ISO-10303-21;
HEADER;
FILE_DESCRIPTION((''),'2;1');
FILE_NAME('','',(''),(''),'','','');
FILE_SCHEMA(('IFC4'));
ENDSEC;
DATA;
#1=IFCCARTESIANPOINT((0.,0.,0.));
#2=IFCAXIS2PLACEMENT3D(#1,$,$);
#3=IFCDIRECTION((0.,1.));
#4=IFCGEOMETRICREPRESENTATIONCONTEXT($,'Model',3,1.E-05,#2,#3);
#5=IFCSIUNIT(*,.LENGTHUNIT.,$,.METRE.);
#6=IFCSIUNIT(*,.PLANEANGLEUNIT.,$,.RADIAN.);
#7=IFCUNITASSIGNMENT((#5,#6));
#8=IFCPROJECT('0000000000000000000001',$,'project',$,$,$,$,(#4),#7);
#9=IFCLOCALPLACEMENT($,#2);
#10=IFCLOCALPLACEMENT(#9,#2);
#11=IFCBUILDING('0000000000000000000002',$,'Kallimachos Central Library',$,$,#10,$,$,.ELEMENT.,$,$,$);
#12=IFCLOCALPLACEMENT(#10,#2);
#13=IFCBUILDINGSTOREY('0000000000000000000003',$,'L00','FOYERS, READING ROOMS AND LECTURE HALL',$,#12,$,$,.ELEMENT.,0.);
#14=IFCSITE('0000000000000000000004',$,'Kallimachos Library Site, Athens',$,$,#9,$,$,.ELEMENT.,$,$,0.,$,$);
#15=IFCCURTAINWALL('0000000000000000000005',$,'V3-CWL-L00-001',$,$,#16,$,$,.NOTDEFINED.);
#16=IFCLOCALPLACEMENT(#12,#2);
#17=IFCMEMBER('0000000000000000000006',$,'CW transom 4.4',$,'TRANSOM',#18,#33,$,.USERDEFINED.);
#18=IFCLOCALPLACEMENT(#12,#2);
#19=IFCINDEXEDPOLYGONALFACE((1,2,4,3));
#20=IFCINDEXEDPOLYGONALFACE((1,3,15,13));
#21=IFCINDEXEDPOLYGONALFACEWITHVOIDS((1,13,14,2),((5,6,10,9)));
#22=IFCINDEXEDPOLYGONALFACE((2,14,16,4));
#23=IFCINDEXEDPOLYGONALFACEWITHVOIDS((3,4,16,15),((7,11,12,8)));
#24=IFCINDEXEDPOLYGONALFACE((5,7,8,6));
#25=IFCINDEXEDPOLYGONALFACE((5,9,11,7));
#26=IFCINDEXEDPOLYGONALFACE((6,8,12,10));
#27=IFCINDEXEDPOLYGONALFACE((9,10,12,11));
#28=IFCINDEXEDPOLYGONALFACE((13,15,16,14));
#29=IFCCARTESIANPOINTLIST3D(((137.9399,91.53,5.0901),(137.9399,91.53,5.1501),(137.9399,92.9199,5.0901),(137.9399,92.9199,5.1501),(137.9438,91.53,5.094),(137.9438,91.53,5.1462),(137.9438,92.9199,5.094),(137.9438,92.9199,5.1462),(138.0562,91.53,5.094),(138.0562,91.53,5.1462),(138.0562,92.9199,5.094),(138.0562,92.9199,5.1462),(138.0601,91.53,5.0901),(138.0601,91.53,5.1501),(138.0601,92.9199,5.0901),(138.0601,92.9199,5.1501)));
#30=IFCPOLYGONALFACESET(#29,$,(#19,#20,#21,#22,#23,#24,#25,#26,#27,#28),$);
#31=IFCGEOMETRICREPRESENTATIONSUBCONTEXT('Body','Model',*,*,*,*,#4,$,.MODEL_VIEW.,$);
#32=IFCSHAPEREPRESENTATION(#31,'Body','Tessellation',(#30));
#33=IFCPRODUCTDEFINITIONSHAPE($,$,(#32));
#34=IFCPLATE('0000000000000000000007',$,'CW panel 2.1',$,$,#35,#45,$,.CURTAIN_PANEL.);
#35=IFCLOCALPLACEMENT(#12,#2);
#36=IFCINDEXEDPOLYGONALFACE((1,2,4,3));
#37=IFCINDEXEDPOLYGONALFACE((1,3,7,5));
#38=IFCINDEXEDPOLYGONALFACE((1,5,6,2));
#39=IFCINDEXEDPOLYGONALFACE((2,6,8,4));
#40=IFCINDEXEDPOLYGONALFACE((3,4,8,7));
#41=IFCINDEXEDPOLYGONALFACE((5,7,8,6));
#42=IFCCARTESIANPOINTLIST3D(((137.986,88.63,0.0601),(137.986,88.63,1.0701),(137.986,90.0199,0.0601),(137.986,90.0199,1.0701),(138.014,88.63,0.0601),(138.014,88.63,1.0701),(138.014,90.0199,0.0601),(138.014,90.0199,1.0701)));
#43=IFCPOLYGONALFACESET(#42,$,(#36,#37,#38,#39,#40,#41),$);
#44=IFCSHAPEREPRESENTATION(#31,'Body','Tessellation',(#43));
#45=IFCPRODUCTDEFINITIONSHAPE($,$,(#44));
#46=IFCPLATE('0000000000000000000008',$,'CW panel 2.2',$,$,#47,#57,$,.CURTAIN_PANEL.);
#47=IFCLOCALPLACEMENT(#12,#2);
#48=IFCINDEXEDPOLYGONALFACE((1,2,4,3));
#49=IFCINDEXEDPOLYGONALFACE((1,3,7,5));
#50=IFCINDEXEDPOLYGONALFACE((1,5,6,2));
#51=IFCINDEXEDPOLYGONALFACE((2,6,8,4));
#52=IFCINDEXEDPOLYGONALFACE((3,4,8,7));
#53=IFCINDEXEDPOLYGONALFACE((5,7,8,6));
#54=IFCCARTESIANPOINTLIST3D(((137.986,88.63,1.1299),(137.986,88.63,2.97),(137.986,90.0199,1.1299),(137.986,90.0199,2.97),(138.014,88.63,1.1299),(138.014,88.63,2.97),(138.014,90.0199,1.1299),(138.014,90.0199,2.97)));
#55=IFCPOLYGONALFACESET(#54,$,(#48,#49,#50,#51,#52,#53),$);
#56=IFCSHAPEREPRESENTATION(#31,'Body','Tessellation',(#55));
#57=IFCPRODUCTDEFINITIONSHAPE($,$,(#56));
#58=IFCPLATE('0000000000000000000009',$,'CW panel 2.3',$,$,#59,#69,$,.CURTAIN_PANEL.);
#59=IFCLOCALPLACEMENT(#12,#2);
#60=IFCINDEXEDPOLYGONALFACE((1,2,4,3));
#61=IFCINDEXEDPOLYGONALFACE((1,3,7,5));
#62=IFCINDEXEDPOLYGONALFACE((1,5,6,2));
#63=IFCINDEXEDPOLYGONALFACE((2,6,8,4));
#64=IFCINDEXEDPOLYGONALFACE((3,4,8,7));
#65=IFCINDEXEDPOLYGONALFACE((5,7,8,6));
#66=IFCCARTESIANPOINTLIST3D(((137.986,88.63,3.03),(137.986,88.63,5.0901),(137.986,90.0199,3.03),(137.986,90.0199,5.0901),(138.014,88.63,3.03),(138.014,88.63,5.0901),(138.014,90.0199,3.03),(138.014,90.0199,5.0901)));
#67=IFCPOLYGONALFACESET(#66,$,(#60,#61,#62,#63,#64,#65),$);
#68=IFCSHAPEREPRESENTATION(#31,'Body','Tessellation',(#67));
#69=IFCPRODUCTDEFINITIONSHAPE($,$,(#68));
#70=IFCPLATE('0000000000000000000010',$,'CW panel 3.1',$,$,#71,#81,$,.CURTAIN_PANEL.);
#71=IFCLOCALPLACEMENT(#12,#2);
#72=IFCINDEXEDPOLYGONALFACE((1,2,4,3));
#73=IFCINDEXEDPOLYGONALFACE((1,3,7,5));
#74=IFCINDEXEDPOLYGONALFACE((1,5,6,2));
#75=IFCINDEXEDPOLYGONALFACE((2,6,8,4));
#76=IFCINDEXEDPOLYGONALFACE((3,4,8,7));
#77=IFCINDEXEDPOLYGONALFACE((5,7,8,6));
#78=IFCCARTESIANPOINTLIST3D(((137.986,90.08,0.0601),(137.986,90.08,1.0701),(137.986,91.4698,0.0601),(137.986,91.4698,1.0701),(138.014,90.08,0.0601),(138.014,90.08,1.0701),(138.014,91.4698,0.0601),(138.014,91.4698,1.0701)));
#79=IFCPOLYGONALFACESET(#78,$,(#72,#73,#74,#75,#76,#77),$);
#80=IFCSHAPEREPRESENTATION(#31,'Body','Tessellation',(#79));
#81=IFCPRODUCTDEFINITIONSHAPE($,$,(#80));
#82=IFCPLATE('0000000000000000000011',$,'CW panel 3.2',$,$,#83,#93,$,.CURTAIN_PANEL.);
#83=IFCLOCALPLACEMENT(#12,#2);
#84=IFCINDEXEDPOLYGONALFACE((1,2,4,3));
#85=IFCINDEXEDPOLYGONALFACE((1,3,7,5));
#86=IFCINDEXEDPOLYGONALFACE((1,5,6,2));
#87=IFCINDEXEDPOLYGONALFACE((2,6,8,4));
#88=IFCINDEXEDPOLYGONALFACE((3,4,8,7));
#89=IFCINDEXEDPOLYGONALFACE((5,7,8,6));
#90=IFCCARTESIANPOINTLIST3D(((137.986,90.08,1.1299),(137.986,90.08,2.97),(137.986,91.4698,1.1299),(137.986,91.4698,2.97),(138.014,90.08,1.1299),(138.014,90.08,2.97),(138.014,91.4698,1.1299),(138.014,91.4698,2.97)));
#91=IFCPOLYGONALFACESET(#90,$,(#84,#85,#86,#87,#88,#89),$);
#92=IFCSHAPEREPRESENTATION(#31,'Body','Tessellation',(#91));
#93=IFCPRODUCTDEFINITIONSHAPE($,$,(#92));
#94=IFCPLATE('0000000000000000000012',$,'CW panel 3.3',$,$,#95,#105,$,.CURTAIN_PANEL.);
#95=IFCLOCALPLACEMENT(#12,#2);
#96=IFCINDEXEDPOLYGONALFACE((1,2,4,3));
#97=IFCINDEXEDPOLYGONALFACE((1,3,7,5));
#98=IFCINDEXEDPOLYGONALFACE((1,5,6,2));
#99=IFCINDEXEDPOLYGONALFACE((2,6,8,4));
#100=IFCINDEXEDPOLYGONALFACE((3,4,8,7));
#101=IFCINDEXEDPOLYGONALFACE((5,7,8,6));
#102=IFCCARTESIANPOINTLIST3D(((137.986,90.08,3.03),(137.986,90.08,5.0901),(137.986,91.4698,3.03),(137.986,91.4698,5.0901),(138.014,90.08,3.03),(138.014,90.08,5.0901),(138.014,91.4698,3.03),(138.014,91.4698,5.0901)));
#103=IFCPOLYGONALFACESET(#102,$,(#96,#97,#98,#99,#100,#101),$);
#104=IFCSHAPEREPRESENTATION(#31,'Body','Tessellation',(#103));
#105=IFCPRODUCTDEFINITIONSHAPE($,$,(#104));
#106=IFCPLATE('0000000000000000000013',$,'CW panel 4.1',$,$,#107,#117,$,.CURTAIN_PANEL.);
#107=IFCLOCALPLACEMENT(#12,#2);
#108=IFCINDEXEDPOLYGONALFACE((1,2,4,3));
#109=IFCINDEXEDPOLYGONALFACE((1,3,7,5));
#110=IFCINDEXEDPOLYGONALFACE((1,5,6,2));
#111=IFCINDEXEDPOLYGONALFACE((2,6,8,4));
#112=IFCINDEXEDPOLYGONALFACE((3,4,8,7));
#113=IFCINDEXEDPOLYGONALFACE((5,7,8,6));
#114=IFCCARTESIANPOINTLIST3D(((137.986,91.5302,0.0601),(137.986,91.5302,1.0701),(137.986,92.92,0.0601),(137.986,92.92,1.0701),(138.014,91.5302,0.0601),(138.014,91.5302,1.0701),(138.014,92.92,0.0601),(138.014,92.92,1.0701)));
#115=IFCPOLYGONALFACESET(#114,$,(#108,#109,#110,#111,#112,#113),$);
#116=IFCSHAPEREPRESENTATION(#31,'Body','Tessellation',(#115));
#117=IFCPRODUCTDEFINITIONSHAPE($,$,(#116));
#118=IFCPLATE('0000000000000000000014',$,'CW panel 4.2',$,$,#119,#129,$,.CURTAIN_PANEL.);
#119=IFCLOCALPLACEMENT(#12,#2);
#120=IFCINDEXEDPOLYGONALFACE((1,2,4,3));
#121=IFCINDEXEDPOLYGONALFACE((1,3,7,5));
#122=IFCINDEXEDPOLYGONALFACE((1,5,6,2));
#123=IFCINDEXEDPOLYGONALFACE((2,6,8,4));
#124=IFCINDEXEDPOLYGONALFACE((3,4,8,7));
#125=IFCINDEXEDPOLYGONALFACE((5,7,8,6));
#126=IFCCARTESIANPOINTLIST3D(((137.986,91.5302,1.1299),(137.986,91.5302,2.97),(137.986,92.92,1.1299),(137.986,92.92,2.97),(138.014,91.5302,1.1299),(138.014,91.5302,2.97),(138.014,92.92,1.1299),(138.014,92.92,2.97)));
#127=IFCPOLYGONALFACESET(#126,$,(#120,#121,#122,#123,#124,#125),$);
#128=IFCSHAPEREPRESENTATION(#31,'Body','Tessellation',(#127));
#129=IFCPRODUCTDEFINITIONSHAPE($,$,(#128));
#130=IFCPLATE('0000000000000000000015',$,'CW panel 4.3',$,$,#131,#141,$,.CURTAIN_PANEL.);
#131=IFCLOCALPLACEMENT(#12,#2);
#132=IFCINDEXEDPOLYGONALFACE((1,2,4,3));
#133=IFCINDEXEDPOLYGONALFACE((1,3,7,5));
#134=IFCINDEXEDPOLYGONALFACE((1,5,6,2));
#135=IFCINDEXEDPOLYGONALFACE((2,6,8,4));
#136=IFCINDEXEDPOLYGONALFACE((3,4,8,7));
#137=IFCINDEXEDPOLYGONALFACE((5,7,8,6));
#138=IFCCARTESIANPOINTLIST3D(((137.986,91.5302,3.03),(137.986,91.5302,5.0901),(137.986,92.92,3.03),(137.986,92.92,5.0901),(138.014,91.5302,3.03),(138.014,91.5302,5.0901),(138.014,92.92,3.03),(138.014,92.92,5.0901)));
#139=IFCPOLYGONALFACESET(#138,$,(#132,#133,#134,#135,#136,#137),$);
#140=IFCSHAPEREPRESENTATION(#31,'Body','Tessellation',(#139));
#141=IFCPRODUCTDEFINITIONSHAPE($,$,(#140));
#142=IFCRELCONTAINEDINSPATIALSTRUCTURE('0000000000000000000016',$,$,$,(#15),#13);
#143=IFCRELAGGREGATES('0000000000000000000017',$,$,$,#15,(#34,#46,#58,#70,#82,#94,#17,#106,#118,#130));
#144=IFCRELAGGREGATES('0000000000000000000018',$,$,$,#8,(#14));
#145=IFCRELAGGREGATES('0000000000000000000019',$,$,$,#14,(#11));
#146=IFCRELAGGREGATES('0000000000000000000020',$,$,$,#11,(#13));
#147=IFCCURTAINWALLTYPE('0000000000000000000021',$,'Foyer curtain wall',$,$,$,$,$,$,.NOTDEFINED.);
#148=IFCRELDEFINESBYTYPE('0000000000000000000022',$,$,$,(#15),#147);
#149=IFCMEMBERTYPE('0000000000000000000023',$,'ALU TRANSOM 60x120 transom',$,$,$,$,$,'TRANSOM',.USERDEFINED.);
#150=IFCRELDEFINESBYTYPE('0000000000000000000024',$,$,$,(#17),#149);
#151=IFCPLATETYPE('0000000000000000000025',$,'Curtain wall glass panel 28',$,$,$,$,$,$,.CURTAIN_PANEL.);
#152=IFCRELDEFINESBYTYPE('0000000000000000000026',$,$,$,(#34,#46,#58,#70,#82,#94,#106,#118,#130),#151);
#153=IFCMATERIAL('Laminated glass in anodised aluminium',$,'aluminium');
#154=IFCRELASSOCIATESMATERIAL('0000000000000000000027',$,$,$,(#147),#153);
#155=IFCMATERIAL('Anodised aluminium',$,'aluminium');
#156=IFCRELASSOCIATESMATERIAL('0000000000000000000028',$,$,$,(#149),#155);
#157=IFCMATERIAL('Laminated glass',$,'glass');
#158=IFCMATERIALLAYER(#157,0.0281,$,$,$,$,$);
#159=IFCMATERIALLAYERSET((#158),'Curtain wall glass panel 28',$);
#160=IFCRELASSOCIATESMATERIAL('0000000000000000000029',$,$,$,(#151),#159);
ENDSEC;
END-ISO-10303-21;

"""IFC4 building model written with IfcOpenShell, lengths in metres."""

from ifc_helpers import new_model, si_unit, direction, frame, origin, origin_2d, place, context, subcontext, project, spatial, rectangle, hollow_rectangle, extrude, material, layer, layer_set, material_profile, profile_set, type_object, element, aggregate, save


model = new_model("IFC4")

# Units and contexts
model_context = context("Model", 3, precision=1e-05, world=origin(), true_north=direction((0.0, 1.0)))
body_context = subcontext(model_context, "Body", "Model", "MODEL_VIEW")
ifc_project = project(units=[si_unit("LENGTHUNIT", "METRE"), si_unit("PLANEANGLEUNIT", "RADIAN")], contexts=[model_context])

# Site, building, storey
site_placement = place(None, origin())
site = spatial("IfcSite", under=ifc_project, at=site_placement, Name="Kallimachos Library Site, Athens", CompositionType="ELEMENT", RefElevation=0.0)
building_placement = place(site_placement, origin())
building = spatial("IfcBuilding", under=site, at=building_placement, Name="Kallimachos Central Library", CompositionType="ELEMENT")
storey_placement = place(building_placement, origin())
storey = spatial("IfcBuildingStorey", under=building, at=storey_placement, Name="L00", Description="FOYERS, READING ROOMS AND LECTURE HALL", CompositionType="ELEMENT", Elevation=0.0)

# Curtain wall, member, plates
ifc_material_1 = material(Name="Laminated glass in anodised aluminium", Category="aluminium")
curtain_wall_type = type_object("IfcCurtainWallType", Name="Foyer curtain wall", PredefinedType="NOTDEFINED", material=ifc_material_1)
curtain_wall_placement = place(storey_placement, origin())
curtain_wall = element("IfcCurtainWall", 1, at=curtain_wall_placement, inside=storey, type_object=curtain_wall_type, Name="V3-CWL-L00-001", PredefinedType="NOTDEFINED")
ifc_material_2 = material(Name="Anodised aluminium", Category="aluminium")
ifc_material_profile_1 = material_profile(ifc_material_2, hollow_rectangle(XDim=0.0601, YDim=0.1201, WallThickness=0.0039, at=origin_2d()), Name="ALU TRANSOM 60x120")
ifc_profile_set_1 = profile_set([ifc_material_profile_1], Name="Anodised aluminium")
member_type_1 = type_object("IfcMemberType", Name="ALU TRANSOM 60x120 transom", ElementType="TRANSOM", PredefinedType="USERDEFINED", material=ifc_profile_set_1)
member_1_placement = place(storey_placement, frame((138.0, 91.53, 5.1201), z_axis=(0.0, 1.0, 0.0), x_axis=(0.0, 0.0, 1.0)))
member_1 = element("IfcMember", 2, at=member_1_placement, type_object=member_type_1, Name="CW transom 4.4", ObjectType="TRANSOM", PredefinedType="USERDEFINED", context=body_context, shape_type="SweptSolid", body=[
    extrude(hollow_rectangle(XDim=0.0601, YDim=0.1201, WallThickness=0.0039, at=origin_2d()), origin(), (0.0, 0.0, 1.0), 1.3899),
])
ifc_material_3 = material(Name="Laminated glass", Category="glass")
ifc_layer = layer(ifc_material_3, 0.0281)
ifc_layer_set = layer_set([ifc_layer], Name="Curtain wall glass panel 28")
plate_type = type_object("IfcPlateType", Name="Curtain wall glass panel 28", PredefinedType="CURTAIN_PANEL", material=ifc_layer_set)
plate_1_placement = place(storey_placement, frame((138.0, 89.325, 0.0601), z_axis=(0.0, 0.0, 1.0), x_axis=(0.0, 1.0, 0.0)))
plate_1 = element("IfcPlate", 3, at=plate_1_placement, type_object=plate_type, Name="CW panel 2.1", PredefinedType="CURTAIN_PANEL", context=body_context, shape_type="SweptSolid", body=[
    extrude(rectangle(XDim=1.3899, YDim=0.0281, at=origin_2d()), origin(), (0.0, 0.0, 1.0), 1.01),
])
plate_2_placement = place(storey_placement, frame((138.0, 89.325, 1.1299), z_axis=(0.0, 0.0, 1.0), x_axis=(0.0, 1.0, 0.0)))
plate_2 = element("IfcPlate", 4, at=plate_2_placement, type_object=plate_type, Name="CW panel 2.2", PredefinedType="CURTAIN_PANEL", context=body_context, shape_type="SweptSolid", body=[
    extrude(rectangle(XDim=1.3899, YDim=0.0281, at=origin_2d()), origin(), (0.0, 0.0, 1.0), 1.8401),
])
plate_3_placement = place(storey_placement, frame((138.0, 89.325, 3.03), z_axis=(0.0, 0.0, 1.0), x_axis=(0.0, 1.0, 0.0)))
plate_3 = element("IfcPlate", 5, at=plate_3_placement, type_object=plate_type, Name="CW panel 2.3", PredefinedType="CURTAIN_PANEL", context=body_context, shape_type="SweptSolid", body=[
    extrude(rectangle(XDim=1.3899, YDim=0.0281, at=origin_2d()), origin(), (0.0, 0.0, 1.0), 2.0601),
])
plate_4_placement = place(storey_placement, frame((138.0, 90.7749, 0.0601), z_axis=(0.0, 0.0, 1.0), x_axis=(0.0, 1.0, 0.0)))
plate_4 = element("IfcPlate", 6, at=plate_4_placement, type_object=plate_type, Name="CW panel 3.1", PredefinedType="CURTAIN_PANEL", context=body_context, shape_type="SweptSolid", body=[
    extrude(rectangle(XDim=1.3899, YDim=0.0281, at=origin_2d()), origin(), (0.0, 0.0, 1.0), 1.01),
])
plate_5_placement = place(storey_placement, frame((138.0, 90.7749, 1.1299), z_axis=(0.0, 0.0, 1.0), x_axis=(0.0, 1.0, 0.0)))
plate_5 = element("IfcPlate", 7, at=plate_5_placement, type_object=plate_type, Name="CW panel 3.2", PredefinedType="CURTAIN_PANEL", context=body_context, shape_type="SweptSolid", body=[
    extrude(rectangle(XDim=1.3899, YDim=0.0281, at=origin_2d()), origin(), (0.0, 0.0, 1.0), 1.8401),
])
plate_6_placement = place(storey_placement, frame((138.0, 90.7749, 3.03), z_axis=(0.0, 0.0, 1.0), x_axis=(0.0, 1.0, 0.0)))
plate_6 = element("IfcPlate", 8, at=plate_6_placement, type_object=plate_type, Name="CW panel 3.3", PredefinedType="CURTAIN_PANEL", context=body_context, shape_type="SweptSolid", body=[
    extrude(rectangle(XDim=1.3899, YDim=0.0281, at=origin_2d()), origin(), (0.0, 0.0, 1.0), 2.0601),
])
plate_7_placement = place(storey_placement, frame((138.0, 92.2251, 0.0601), z_axis=(0.0, 0.0, 1.0), x_axis=(0.0, 1.0, 0.0)))
plate_7 = element("IfcPlate", 9, at=plate_7_placement, type_object=plate_type, Name="CW panel 4.1", PredefinedType="CURTAIN_PANEL", context=body_context, shape_type="SweptSolid", body=[
    extrude(rectangle(XDim=1.3899, YDim=0.0281, at=origin_2d()), origin(), (0.0, 0.0, 1.0), 1.01),
])
plate_8_placement = place(storey_placement, frame((138.0, 92.2251, 1.1299), z_axis=(0.0, 0.0, 1.0), x_axis=(0.0, 1.0, 0.0)))
plate_8 = element("IfcPlate", 10, at=plate_8_placement, type_object=plate_type, Name="CW panel 4.2", PredefinedType="CURTAIN_PANEL", context=body_context, shape_type="SweptSolid", body=[
    extrude(rectangle(XDim=1.3899, YDim=0.0281, at=origin_2d()), origin(), (0.0, 0.0, 1.0), 1.8401),
])
plate_9_placement = place(storey_placement, frame((138.0, 92.2251, 3.03), z_axis=(0.0, 0.0, 1.0), x_axis=(0.0, 1.0, 0.0)))
plate_9 = element("IfcPlate", 11, at=plate_9_placement, type_object=plate_type, Name="CW panel 4.3", PredefinedType="CURTAIN_PANEL", context=body_context, shape_type="SweptSolid", body=[
    extrude(rectangle(XDim=1.3899, YDim=0.0281, at=origin_2d()), origin(), (0.0, 0.0, 1.0), 2.0601),
])
aggregate(curtain_wall, [plate_1, plate_2, plate_3, plate_4, plate_5, plate_6, member_1, plate_7, plate_8, plate_9])

save(model, "model.ifc")
